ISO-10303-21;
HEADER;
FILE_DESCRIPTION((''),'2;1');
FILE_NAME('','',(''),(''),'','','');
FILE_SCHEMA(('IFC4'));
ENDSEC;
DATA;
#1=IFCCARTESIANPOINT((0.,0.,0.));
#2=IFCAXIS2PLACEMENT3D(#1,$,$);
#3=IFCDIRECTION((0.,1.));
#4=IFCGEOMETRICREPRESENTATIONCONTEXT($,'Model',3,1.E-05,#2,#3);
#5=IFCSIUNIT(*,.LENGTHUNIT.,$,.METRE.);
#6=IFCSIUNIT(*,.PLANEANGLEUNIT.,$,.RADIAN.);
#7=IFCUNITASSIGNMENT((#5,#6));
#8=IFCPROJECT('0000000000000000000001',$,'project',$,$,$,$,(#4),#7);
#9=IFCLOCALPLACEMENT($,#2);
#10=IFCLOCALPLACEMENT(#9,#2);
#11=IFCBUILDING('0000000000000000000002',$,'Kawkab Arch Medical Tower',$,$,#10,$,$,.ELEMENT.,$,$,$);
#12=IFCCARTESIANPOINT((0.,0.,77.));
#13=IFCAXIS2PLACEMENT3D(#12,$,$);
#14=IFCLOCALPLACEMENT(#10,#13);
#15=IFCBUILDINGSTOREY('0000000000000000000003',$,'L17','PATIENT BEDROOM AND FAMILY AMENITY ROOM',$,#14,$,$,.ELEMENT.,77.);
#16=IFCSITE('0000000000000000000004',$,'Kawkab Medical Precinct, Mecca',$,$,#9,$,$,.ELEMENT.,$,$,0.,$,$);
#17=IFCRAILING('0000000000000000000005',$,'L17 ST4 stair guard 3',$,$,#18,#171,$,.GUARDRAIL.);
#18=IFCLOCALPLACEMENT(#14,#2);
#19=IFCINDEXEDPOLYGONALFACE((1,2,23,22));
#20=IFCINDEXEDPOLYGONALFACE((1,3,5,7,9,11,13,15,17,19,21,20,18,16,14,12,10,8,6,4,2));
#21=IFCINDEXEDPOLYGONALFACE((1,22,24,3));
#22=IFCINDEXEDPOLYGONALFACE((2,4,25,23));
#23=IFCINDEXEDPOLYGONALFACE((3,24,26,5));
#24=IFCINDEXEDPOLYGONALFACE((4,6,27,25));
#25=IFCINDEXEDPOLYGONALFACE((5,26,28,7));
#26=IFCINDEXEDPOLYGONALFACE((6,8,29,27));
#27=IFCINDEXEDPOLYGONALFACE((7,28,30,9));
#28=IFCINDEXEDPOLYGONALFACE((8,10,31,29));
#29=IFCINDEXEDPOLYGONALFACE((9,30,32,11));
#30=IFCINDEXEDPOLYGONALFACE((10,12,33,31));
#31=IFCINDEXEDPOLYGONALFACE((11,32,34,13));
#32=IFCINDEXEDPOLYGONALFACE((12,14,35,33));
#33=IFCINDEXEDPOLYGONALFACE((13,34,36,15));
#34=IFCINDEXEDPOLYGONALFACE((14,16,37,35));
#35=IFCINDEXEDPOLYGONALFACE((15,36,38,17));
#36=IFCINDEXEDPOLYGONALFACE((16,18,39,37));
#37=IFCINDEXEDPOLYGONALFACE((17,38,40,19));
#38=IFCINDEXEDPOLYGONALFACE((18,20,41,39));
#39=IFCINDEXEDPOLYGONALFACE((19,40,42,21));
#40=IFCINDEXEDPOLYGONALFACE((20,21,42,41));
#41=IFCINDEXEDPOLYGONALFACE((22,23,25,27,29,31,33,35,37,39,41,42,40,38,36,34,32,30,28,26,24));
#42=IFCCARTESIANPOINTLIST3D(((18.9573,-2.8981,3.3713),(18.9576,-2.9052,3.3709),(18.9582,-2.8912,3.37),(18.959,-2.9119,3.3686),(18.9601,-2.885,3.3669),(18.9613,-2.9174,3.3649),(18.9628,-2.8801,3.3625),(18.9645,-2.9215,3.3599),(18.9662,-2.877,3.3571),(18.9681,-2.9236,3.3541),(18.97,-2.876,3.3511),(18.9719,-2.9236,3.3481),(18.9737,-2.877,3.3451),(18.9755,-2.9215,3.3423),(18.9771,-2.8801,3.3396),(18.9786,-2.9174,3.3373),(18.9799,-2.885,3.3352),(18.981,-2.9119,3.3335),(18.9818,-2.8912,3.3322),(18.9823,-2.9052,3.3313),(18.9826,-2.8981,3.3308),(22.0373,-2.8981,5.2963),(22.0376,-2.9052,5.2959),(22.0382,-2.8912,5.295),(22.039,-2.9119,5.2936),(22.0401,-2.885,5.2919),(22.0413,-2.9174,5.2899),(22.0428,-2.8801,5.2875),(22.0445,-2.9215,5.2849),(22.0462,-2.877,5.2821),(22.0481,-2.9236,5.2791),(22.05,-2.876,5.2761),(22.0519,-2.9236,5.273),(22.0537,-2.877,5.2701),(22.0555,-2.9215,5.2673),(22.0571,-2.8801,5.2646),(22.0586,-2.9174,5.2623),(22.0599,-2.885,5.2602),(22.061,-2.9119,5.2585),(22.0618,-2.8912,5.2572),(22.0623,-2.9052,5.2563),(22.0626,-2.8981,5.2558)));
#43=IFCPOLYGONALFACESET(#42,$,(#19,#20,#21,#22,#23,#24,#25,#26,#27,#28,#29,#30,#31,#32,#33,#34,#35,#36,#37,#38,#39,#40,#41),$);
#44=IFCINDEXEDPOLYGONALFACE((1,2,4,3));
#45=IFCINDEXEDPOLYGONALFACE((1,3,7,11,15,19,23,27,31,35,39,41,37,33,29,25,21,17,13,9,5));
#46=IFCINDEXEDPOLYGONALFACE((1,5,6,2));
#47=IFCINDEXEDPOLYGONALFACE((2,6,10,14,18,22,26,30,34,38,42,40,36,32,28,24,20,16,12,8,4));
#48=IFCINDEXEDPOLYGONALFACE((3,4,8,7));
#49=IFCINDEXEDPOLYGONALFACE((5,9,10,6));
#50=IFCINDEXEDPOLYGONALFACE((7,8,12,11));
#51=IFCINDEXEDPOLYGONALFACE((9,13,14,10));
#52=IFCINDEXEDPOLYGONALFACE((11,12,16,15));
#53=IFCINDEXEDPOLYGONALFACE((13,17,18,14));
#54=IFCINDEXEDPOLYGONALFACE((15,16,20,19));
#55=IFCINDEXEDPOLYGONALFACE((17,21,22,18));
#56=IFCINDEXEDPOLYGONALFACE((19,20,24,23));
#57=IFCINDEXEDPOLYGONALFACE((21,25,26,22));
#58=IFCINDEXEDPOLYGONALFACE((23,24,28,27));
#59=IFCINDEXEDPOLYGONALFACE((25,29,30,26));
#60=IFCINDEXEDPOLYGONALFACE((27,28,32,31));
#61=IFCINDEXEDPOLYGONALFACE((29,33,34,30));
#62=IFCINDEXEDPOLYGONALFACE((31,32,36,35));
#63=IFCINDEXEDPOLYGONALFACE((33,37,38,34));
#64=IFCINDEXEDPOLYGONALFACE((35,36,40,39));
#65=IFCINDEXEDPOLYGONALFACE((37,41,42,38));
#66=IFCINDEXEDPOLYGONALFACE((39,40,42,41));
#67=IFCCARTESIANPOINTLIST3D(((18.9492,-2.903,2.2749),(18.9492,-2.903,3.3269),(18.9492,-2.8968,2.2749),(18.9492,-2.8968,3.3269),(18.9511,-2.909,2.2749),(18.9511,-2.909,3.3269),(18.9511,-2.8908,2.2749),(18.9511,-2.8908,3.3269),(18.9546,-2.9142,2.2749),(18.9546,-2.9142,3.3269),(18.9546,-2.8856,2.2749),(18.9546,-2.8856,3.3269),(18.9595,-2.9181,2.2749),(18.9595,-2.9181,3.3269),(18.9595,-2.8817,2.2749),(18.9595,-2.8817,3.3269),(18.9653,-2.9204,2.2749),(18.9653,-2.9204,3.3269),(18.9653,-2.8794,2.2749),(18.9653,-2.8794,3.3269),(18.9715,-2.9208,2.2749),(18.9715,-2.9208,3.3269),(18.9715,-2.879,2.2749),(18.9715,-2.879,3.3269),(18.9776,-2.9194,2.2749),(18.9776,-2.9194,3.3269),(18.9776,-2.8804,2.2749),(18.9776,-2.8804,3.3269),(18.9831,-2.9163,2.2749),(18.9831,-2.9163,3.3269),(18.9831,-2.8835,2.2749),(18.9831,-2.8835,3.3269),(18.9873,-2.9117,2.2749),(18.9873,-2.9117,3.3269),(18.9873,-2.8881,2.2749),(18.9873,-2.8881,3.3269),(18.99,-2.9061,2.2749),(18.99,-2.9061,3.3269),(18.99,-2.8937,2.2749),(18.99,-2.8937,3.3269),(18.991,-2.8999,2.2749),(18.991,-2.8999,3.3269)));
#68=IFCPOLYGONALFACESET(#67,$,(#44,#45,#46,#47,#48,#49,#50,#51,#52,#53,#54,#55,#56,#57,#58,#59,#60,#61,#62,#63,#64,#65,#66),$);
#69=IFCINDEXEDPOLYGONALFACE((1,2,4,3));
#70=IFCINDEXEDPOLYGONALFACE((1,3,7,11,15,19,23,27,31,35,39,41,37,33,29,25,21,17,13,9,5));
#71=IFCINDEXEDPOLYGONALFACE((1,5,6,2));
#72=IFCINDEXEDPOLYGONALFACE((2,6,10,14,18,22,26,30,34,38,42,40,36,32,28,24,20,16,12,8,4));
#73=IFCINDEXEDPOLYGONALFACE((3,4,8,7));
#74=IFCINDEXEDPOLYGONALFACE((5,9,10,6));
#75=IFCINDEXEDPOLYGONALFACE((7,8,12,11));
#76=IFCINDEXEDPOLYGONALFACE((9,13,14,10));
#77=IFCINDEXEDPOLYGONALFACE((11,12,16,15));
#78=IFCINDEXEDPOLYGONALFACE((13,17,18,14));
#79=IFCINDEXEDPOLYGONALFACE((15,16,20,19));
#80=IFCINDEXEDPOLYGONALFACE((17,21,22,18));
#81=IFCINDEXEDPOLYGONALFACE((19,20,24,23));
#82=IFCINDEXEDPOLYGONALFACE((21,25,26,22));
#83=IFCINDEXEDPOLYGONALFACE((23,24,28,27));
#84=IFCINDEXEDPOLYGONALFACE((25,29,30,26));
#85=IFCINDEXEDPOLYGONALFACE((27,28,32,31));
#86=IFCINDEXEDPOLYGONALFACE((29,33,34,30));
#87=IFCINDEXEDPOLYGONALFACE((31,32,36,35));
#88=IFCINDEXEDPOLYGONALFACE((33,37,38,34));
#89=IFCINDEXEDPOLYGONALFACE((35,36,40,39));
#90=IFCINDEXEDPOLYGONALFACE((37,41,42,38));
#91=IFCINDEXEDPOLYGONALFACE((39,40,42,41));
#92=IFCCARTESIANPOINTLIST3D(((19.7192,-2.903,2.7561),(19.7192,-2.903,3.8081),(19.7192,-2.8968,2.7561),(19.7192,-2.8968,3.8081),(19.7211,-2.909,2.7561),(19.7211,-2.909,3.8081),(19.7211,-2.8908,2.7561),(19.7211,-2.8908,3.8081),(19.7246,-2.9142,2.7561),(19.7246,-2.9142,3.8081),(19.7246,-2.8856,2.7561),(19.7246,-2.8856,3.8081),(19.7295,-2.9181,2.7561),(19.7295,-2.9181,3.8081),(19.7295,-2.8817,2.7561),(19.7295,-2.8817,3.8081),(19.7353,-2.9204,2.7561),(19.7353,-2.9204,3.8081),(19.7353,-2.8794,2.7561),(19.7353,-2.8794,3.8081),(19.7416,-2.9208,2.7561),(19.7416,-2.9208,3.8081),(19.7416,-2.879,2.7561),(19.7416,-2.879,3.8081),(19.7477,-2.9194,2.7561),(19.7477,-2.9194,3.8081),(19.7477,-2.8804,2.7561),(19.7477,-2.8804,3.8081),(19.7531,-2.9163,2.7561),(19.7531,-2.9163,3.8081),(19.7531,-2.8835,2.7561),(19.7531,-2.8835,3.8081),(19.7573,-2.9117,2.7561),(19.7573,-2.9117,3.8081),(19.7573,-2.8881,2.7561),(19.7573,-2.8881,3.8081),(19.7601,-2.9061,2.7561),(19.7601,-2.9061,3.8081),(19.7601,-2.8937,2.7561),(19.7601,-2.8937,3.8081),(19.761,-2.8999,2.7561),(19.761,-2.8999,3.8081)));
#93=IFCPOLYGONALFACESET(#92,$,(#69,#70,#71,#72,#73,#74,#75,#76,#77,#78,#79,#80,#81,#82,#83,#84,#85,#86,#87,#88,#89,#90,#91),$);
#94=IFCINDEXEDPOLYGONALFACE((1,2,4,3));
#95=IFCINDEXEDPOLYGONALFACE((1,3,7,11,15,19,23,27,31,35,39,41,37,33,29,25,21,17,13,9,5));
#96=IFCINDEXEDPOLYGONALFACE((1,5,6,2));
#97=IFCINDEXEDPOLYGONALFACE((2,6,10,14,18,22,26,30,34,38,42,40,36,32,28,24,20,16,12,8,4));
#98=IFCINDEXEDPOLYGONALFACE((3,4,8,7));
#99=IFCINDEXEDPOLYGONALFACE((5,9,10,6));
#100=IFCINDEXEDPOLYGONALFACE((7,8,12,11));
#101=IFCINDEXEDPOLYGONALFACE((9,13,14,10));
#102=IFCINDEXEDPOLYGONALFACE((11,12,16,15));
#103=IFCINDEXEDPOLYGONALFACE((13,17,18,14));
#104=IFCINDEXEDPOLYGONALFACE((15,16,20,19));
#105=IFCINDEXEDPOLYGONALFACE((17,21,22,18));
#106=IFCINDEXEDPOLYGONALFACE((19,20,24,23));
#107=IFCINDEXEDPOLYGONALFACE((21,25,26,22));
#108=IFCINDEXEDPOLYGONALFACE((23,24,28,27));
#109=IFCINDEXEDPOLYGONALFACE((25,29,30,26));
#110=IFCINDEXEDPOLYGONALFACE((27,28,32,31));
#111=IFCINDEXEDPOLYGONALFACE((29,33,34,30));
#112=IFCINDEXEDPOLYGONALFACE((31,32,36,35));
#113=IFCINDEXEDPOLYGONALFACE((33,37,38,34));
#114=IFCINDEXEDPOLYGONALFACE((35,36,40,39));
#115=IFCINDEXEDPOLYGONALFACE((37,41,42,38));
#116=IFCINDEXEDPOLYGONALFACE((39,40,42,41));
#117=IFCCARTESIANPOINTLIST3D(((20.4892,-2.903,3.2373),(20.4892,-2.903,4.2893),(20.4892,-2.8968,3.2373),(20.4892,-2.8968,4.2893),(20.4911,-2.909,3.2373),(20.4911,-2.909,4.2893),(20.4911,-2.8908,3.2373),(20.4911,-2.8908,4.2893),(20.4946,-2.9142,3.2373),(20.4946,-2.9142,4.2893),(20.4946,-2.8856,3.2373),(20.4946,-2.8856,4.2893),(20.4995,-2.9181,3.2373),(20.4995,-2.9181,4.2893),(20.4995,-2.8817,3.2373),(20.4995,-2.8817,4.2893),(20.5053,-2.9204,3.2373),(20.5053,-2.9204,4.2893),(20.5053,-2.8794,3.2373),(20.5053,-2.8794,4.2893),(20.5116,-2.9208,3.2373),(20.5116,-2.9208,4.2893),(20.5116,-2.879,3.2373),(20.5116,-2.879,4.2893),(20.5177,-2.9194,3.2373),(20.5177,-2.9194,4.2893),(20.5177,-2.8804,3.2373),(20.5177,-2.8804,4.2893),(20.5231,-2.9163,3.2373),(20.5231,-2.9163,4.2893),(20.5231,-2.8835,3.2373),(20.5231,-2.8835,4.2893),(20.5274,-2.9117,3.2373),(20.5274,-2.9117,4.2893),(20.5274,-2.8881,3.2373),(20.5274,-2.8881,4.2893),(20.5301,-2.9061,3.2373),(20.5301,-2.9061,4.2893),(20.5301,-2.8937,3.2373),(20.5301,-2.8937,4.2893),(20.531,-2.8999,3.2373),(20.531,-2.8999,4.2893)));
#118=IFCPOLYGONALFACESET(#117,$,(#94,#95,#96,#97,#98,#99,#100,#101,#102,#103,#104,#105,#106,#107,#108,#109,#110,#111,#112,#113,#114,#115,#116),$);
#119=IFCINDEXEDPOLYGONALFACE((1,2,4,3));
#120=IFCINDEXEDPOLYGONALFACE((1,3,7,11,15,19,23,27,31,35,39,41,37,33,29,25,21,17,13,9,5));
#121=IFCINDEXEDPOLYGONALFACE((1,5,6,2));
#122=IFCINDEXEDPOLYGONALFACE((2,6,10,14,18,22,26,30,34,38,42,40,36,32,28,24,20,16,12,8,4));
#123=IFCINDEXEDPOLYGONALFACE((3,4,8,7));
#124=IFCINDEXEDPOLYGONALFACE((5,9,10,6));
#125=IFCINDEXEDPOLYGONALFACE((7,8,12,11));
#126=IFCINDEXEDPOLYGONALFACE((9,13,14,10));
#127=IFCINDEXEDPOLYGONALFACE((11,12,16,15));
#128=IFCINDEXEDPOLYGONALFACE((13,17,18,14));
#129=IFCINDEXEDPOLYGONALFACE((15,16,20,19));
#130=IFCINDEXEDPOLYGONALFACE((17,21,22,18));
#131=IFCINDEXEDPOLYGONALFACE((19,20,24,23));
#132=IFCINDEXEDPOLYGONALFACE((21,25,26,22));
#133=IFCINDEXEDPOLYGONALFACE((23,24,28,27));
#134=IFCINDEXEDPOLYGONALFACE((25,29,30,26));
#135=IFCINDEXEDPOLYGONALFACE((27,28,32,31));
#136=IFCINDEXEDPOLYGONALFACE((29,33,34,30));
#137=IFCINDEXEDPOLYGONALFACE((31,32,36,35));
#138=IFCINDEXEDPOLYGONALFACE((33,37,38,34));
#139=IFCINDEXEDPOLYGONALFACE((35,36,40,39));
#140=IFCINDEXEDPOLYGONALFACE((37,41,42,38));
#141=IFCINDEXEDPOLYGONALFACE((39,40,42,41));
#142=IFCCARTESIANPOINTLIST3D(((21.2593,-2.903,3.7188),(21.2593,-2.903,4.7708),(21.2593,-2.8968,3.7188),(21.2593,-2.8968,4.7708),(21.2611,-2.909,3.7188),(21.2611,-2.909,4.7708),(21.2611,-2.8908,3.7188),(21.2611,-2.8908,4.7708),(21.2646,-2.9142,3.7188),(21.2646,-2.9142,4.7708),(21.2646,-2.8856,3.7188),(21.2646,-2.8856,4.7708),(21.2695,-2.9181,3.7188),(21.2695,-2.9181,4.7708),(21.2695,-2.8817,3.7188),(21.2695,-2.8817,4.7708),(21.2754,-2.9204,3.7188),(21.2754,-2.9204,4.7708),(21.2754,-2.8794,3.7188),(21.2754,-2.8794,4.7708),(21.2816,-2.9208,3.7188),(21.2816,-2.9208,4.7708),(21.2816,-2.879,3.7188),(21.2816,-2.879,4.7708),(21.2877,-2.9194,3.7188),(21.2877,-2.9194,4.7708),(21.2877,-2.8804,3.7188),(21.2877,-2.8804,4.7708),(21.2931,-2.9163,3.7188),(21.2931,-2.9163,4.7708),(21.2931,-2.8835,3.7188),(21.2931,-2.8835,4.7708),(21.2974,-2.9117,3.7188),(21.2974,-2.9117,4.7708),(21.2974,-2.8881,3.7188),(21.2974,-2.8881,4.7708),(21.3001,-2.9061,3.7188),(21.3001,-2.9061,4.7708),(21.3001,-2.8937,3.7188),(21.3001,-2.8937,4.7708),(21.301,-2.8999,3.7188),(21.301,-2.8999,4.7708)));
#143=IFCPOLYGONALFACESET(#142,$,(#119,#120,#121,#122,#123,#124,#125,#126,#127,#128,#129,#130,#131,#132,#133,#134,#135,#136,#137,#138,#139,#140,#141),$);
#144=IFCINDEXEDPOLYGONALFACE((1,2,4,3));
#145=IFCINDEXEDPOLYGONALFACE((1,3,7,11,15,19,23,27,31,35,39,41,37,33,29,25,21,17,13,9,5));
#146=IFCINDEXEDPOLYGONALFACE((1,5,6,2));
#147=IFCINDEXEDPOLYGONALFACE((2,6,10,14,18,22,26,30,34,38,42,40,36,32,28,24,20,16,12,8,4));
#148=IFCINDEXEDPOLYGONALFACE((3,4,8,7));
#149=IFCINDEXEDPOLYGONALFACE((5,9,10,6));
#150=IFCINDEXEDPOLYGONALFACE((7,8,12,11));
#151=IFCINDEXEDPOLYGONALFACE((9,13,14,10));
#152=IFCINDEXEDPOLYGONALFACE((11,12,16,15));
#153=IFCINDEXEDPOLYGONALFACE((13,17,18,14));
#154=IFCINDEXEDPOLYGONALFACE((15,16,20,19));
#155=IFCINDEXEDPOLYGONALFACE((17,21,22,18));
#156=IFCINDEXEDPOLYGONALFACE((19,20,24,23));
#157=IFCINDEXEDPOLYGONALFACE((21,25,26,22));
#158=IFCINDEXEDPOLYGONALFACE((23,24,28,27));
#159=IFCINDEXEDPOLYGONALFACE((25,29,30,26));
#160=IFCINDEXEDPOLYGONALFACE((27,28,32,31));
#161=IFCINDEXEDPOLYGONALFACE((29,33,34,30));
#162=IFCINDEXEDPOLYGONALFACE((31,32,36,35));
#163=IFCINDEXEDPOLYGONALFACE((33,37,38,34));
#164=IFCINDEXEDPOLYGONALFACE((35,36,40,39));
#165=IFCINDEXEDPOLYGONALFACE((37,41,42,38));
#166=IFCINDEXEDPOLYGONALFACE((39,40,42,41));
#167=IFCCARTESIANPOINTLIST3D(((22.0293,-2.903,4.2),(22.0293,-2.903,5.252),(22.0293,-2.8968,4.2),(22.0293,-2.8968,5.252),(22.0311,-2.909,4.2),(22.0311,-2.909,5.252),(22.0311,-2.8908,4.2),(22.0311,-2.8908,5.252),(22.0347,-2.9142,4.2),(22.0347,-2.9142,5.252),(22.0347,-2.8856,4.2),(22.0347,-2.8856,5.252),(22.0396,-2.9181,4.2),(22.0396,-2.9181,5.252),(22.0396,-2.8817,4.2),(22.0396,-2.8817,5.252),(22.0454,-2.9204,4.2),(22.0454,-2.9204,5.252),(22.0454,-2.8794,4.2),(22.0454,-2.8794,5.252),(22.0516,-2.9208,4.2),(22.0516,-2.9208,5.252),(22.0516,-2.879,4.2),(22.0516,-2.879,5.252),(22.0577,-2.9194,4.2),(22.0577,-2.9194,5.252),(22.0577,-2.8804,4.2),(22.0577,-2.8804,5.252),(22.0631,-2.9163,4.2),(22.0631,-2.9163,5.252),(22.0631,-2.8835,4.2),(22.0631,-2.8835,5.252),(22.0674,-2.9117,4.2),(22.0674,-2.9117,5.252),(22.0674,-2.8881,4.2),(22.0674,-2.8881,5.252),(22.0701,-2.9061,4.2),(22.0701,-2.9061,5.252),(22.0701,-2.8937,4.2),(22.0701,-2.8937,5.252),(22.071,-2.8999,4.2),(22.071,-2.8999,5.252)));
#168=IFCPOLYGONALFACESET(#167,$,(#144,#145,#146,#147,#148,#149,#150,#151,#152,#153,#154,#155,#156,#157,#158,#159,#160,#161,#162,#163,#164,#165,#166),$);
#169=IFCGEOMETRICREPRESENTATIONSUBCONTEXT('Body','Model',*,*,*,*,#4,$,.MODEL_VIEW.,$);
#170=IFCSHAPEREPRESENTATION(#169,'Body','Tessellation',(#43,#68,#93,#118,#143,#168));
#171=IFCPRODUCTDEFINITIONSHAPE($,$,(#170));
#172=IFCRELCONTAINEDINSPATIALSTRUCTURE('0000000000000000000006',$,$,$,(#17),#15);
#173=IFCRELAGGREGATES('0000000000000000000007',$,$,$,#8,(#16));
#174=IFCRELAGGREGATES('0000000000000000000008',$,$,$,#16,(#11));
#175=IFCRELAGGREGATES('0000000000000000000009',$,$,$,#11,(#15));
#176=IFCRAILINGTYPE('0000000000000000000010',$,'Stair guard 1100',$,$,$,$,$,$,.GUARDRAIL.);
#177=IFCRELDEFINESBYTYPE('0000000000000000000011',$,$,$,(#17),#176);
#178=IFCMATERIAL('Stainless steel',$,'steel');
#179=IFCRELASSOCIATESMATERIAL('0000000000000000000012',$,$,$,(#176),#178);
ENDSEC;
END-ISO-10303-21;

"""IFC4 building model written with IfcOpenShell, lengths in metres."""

from ifc_helpers import new_model, si_unit, direction, frame, origin, origin_2d, place, context, subcontext, project, spatial, circle, extrude, material, type_object, element, save


model = new_model("IFC4")

# Units and contexts
model_context = context("Model", 3, precision=1e-05, world=origin(), true_north=direction((0.0, 1.0)))
body_context = subcontext(model_context, "Body", "Model", "MODEL_VIEW")
ifc_project = project(units=[si_unit("LENGTHUNIT", "METRE"), si_unit("PLANEANGLEUNIT", "RADIAN")], contexts=[model_context])

# Site, building, storey
site_placement = place(None, origin())
site = spatial("IfcSite", under=ifc_project, at=site_placement, Name="Kawkab Medical Precinct, Mecca", CompositionType="ELEMENT", RefElevation=0.0)
building_placement = place(site_placement, origin())
building = spatial("IfcBuilding", under=site, at=building_placement, Name="Kawkab Arch Medical Tower", CompositionType="ELEMENT")
storey_placement = place(building_placement, frame((0.0, 0.0, 77.0)))
storey = spatial("IfcBuildingStorey", under=building, at=storey_placement, Name="L17", Description="PATIENT BEDROOM AND FAMILY AMENITY ROOM", CompositionType="ELEMENT", Elevation=77.0)

# Railing
ifc_material_1 = material(Name="Stainless steel", Category="steel")
railing_type_1 = type_object("IfcRailingType", Name="Stair guard 1100", PredefinedType="GUARDRAIL", material=ifc_material_1)
railing_1_placement = place(storey_placement, frame((18.97, -2.8999, 2.2749)))
element("IfcRailing", 1, at=railing_1_placement, inside=storey, type_object=railing_type_1, Name="L17 ST4 stair guard 3", PredefinedType="GUARDRAIL", context=body_context, shape_type="SweptSolid", body=[
    extrude(circle(Radius=0.0239, at=origin_2d()), frame((0.0, 0.0, 1.0762), z_axis=(0.847998, 0.0, 0.529999), x_axis=(0.0, 1.0, 0.0)), (0.0, 0.0, 1.0), 3.6321),
    extrude(circle(Radius=0.021, at=origin_2d()), origin(), (0.0, 0.0, 1.0), 1.052),
    extrude(circle(Radius=0.021, at=origin_2d()), frame((0.77, 0.0, 0.4812)), (0.0, 0.0, 1.0), 1.052),
    extrude(circle(Radius=0.021, at=origin_2d()), frame((1.54, 0.0, 0.9624)), (0.0, 0.0, 1.0), 1.052),
    extrude(circle(Radius=0.021, at=origin_2d()), frame((2.3101, 0.0, 1.4438)), (0.0, 0.0, 1.0), 1.052),
    extrude(circle(Radius=0.021, at=origin_2d()), frame((3.0801, 0.0, 1.925)), (0.0, 0.0, 1.0), 1.052),
])

save(model, "model.ifc")
